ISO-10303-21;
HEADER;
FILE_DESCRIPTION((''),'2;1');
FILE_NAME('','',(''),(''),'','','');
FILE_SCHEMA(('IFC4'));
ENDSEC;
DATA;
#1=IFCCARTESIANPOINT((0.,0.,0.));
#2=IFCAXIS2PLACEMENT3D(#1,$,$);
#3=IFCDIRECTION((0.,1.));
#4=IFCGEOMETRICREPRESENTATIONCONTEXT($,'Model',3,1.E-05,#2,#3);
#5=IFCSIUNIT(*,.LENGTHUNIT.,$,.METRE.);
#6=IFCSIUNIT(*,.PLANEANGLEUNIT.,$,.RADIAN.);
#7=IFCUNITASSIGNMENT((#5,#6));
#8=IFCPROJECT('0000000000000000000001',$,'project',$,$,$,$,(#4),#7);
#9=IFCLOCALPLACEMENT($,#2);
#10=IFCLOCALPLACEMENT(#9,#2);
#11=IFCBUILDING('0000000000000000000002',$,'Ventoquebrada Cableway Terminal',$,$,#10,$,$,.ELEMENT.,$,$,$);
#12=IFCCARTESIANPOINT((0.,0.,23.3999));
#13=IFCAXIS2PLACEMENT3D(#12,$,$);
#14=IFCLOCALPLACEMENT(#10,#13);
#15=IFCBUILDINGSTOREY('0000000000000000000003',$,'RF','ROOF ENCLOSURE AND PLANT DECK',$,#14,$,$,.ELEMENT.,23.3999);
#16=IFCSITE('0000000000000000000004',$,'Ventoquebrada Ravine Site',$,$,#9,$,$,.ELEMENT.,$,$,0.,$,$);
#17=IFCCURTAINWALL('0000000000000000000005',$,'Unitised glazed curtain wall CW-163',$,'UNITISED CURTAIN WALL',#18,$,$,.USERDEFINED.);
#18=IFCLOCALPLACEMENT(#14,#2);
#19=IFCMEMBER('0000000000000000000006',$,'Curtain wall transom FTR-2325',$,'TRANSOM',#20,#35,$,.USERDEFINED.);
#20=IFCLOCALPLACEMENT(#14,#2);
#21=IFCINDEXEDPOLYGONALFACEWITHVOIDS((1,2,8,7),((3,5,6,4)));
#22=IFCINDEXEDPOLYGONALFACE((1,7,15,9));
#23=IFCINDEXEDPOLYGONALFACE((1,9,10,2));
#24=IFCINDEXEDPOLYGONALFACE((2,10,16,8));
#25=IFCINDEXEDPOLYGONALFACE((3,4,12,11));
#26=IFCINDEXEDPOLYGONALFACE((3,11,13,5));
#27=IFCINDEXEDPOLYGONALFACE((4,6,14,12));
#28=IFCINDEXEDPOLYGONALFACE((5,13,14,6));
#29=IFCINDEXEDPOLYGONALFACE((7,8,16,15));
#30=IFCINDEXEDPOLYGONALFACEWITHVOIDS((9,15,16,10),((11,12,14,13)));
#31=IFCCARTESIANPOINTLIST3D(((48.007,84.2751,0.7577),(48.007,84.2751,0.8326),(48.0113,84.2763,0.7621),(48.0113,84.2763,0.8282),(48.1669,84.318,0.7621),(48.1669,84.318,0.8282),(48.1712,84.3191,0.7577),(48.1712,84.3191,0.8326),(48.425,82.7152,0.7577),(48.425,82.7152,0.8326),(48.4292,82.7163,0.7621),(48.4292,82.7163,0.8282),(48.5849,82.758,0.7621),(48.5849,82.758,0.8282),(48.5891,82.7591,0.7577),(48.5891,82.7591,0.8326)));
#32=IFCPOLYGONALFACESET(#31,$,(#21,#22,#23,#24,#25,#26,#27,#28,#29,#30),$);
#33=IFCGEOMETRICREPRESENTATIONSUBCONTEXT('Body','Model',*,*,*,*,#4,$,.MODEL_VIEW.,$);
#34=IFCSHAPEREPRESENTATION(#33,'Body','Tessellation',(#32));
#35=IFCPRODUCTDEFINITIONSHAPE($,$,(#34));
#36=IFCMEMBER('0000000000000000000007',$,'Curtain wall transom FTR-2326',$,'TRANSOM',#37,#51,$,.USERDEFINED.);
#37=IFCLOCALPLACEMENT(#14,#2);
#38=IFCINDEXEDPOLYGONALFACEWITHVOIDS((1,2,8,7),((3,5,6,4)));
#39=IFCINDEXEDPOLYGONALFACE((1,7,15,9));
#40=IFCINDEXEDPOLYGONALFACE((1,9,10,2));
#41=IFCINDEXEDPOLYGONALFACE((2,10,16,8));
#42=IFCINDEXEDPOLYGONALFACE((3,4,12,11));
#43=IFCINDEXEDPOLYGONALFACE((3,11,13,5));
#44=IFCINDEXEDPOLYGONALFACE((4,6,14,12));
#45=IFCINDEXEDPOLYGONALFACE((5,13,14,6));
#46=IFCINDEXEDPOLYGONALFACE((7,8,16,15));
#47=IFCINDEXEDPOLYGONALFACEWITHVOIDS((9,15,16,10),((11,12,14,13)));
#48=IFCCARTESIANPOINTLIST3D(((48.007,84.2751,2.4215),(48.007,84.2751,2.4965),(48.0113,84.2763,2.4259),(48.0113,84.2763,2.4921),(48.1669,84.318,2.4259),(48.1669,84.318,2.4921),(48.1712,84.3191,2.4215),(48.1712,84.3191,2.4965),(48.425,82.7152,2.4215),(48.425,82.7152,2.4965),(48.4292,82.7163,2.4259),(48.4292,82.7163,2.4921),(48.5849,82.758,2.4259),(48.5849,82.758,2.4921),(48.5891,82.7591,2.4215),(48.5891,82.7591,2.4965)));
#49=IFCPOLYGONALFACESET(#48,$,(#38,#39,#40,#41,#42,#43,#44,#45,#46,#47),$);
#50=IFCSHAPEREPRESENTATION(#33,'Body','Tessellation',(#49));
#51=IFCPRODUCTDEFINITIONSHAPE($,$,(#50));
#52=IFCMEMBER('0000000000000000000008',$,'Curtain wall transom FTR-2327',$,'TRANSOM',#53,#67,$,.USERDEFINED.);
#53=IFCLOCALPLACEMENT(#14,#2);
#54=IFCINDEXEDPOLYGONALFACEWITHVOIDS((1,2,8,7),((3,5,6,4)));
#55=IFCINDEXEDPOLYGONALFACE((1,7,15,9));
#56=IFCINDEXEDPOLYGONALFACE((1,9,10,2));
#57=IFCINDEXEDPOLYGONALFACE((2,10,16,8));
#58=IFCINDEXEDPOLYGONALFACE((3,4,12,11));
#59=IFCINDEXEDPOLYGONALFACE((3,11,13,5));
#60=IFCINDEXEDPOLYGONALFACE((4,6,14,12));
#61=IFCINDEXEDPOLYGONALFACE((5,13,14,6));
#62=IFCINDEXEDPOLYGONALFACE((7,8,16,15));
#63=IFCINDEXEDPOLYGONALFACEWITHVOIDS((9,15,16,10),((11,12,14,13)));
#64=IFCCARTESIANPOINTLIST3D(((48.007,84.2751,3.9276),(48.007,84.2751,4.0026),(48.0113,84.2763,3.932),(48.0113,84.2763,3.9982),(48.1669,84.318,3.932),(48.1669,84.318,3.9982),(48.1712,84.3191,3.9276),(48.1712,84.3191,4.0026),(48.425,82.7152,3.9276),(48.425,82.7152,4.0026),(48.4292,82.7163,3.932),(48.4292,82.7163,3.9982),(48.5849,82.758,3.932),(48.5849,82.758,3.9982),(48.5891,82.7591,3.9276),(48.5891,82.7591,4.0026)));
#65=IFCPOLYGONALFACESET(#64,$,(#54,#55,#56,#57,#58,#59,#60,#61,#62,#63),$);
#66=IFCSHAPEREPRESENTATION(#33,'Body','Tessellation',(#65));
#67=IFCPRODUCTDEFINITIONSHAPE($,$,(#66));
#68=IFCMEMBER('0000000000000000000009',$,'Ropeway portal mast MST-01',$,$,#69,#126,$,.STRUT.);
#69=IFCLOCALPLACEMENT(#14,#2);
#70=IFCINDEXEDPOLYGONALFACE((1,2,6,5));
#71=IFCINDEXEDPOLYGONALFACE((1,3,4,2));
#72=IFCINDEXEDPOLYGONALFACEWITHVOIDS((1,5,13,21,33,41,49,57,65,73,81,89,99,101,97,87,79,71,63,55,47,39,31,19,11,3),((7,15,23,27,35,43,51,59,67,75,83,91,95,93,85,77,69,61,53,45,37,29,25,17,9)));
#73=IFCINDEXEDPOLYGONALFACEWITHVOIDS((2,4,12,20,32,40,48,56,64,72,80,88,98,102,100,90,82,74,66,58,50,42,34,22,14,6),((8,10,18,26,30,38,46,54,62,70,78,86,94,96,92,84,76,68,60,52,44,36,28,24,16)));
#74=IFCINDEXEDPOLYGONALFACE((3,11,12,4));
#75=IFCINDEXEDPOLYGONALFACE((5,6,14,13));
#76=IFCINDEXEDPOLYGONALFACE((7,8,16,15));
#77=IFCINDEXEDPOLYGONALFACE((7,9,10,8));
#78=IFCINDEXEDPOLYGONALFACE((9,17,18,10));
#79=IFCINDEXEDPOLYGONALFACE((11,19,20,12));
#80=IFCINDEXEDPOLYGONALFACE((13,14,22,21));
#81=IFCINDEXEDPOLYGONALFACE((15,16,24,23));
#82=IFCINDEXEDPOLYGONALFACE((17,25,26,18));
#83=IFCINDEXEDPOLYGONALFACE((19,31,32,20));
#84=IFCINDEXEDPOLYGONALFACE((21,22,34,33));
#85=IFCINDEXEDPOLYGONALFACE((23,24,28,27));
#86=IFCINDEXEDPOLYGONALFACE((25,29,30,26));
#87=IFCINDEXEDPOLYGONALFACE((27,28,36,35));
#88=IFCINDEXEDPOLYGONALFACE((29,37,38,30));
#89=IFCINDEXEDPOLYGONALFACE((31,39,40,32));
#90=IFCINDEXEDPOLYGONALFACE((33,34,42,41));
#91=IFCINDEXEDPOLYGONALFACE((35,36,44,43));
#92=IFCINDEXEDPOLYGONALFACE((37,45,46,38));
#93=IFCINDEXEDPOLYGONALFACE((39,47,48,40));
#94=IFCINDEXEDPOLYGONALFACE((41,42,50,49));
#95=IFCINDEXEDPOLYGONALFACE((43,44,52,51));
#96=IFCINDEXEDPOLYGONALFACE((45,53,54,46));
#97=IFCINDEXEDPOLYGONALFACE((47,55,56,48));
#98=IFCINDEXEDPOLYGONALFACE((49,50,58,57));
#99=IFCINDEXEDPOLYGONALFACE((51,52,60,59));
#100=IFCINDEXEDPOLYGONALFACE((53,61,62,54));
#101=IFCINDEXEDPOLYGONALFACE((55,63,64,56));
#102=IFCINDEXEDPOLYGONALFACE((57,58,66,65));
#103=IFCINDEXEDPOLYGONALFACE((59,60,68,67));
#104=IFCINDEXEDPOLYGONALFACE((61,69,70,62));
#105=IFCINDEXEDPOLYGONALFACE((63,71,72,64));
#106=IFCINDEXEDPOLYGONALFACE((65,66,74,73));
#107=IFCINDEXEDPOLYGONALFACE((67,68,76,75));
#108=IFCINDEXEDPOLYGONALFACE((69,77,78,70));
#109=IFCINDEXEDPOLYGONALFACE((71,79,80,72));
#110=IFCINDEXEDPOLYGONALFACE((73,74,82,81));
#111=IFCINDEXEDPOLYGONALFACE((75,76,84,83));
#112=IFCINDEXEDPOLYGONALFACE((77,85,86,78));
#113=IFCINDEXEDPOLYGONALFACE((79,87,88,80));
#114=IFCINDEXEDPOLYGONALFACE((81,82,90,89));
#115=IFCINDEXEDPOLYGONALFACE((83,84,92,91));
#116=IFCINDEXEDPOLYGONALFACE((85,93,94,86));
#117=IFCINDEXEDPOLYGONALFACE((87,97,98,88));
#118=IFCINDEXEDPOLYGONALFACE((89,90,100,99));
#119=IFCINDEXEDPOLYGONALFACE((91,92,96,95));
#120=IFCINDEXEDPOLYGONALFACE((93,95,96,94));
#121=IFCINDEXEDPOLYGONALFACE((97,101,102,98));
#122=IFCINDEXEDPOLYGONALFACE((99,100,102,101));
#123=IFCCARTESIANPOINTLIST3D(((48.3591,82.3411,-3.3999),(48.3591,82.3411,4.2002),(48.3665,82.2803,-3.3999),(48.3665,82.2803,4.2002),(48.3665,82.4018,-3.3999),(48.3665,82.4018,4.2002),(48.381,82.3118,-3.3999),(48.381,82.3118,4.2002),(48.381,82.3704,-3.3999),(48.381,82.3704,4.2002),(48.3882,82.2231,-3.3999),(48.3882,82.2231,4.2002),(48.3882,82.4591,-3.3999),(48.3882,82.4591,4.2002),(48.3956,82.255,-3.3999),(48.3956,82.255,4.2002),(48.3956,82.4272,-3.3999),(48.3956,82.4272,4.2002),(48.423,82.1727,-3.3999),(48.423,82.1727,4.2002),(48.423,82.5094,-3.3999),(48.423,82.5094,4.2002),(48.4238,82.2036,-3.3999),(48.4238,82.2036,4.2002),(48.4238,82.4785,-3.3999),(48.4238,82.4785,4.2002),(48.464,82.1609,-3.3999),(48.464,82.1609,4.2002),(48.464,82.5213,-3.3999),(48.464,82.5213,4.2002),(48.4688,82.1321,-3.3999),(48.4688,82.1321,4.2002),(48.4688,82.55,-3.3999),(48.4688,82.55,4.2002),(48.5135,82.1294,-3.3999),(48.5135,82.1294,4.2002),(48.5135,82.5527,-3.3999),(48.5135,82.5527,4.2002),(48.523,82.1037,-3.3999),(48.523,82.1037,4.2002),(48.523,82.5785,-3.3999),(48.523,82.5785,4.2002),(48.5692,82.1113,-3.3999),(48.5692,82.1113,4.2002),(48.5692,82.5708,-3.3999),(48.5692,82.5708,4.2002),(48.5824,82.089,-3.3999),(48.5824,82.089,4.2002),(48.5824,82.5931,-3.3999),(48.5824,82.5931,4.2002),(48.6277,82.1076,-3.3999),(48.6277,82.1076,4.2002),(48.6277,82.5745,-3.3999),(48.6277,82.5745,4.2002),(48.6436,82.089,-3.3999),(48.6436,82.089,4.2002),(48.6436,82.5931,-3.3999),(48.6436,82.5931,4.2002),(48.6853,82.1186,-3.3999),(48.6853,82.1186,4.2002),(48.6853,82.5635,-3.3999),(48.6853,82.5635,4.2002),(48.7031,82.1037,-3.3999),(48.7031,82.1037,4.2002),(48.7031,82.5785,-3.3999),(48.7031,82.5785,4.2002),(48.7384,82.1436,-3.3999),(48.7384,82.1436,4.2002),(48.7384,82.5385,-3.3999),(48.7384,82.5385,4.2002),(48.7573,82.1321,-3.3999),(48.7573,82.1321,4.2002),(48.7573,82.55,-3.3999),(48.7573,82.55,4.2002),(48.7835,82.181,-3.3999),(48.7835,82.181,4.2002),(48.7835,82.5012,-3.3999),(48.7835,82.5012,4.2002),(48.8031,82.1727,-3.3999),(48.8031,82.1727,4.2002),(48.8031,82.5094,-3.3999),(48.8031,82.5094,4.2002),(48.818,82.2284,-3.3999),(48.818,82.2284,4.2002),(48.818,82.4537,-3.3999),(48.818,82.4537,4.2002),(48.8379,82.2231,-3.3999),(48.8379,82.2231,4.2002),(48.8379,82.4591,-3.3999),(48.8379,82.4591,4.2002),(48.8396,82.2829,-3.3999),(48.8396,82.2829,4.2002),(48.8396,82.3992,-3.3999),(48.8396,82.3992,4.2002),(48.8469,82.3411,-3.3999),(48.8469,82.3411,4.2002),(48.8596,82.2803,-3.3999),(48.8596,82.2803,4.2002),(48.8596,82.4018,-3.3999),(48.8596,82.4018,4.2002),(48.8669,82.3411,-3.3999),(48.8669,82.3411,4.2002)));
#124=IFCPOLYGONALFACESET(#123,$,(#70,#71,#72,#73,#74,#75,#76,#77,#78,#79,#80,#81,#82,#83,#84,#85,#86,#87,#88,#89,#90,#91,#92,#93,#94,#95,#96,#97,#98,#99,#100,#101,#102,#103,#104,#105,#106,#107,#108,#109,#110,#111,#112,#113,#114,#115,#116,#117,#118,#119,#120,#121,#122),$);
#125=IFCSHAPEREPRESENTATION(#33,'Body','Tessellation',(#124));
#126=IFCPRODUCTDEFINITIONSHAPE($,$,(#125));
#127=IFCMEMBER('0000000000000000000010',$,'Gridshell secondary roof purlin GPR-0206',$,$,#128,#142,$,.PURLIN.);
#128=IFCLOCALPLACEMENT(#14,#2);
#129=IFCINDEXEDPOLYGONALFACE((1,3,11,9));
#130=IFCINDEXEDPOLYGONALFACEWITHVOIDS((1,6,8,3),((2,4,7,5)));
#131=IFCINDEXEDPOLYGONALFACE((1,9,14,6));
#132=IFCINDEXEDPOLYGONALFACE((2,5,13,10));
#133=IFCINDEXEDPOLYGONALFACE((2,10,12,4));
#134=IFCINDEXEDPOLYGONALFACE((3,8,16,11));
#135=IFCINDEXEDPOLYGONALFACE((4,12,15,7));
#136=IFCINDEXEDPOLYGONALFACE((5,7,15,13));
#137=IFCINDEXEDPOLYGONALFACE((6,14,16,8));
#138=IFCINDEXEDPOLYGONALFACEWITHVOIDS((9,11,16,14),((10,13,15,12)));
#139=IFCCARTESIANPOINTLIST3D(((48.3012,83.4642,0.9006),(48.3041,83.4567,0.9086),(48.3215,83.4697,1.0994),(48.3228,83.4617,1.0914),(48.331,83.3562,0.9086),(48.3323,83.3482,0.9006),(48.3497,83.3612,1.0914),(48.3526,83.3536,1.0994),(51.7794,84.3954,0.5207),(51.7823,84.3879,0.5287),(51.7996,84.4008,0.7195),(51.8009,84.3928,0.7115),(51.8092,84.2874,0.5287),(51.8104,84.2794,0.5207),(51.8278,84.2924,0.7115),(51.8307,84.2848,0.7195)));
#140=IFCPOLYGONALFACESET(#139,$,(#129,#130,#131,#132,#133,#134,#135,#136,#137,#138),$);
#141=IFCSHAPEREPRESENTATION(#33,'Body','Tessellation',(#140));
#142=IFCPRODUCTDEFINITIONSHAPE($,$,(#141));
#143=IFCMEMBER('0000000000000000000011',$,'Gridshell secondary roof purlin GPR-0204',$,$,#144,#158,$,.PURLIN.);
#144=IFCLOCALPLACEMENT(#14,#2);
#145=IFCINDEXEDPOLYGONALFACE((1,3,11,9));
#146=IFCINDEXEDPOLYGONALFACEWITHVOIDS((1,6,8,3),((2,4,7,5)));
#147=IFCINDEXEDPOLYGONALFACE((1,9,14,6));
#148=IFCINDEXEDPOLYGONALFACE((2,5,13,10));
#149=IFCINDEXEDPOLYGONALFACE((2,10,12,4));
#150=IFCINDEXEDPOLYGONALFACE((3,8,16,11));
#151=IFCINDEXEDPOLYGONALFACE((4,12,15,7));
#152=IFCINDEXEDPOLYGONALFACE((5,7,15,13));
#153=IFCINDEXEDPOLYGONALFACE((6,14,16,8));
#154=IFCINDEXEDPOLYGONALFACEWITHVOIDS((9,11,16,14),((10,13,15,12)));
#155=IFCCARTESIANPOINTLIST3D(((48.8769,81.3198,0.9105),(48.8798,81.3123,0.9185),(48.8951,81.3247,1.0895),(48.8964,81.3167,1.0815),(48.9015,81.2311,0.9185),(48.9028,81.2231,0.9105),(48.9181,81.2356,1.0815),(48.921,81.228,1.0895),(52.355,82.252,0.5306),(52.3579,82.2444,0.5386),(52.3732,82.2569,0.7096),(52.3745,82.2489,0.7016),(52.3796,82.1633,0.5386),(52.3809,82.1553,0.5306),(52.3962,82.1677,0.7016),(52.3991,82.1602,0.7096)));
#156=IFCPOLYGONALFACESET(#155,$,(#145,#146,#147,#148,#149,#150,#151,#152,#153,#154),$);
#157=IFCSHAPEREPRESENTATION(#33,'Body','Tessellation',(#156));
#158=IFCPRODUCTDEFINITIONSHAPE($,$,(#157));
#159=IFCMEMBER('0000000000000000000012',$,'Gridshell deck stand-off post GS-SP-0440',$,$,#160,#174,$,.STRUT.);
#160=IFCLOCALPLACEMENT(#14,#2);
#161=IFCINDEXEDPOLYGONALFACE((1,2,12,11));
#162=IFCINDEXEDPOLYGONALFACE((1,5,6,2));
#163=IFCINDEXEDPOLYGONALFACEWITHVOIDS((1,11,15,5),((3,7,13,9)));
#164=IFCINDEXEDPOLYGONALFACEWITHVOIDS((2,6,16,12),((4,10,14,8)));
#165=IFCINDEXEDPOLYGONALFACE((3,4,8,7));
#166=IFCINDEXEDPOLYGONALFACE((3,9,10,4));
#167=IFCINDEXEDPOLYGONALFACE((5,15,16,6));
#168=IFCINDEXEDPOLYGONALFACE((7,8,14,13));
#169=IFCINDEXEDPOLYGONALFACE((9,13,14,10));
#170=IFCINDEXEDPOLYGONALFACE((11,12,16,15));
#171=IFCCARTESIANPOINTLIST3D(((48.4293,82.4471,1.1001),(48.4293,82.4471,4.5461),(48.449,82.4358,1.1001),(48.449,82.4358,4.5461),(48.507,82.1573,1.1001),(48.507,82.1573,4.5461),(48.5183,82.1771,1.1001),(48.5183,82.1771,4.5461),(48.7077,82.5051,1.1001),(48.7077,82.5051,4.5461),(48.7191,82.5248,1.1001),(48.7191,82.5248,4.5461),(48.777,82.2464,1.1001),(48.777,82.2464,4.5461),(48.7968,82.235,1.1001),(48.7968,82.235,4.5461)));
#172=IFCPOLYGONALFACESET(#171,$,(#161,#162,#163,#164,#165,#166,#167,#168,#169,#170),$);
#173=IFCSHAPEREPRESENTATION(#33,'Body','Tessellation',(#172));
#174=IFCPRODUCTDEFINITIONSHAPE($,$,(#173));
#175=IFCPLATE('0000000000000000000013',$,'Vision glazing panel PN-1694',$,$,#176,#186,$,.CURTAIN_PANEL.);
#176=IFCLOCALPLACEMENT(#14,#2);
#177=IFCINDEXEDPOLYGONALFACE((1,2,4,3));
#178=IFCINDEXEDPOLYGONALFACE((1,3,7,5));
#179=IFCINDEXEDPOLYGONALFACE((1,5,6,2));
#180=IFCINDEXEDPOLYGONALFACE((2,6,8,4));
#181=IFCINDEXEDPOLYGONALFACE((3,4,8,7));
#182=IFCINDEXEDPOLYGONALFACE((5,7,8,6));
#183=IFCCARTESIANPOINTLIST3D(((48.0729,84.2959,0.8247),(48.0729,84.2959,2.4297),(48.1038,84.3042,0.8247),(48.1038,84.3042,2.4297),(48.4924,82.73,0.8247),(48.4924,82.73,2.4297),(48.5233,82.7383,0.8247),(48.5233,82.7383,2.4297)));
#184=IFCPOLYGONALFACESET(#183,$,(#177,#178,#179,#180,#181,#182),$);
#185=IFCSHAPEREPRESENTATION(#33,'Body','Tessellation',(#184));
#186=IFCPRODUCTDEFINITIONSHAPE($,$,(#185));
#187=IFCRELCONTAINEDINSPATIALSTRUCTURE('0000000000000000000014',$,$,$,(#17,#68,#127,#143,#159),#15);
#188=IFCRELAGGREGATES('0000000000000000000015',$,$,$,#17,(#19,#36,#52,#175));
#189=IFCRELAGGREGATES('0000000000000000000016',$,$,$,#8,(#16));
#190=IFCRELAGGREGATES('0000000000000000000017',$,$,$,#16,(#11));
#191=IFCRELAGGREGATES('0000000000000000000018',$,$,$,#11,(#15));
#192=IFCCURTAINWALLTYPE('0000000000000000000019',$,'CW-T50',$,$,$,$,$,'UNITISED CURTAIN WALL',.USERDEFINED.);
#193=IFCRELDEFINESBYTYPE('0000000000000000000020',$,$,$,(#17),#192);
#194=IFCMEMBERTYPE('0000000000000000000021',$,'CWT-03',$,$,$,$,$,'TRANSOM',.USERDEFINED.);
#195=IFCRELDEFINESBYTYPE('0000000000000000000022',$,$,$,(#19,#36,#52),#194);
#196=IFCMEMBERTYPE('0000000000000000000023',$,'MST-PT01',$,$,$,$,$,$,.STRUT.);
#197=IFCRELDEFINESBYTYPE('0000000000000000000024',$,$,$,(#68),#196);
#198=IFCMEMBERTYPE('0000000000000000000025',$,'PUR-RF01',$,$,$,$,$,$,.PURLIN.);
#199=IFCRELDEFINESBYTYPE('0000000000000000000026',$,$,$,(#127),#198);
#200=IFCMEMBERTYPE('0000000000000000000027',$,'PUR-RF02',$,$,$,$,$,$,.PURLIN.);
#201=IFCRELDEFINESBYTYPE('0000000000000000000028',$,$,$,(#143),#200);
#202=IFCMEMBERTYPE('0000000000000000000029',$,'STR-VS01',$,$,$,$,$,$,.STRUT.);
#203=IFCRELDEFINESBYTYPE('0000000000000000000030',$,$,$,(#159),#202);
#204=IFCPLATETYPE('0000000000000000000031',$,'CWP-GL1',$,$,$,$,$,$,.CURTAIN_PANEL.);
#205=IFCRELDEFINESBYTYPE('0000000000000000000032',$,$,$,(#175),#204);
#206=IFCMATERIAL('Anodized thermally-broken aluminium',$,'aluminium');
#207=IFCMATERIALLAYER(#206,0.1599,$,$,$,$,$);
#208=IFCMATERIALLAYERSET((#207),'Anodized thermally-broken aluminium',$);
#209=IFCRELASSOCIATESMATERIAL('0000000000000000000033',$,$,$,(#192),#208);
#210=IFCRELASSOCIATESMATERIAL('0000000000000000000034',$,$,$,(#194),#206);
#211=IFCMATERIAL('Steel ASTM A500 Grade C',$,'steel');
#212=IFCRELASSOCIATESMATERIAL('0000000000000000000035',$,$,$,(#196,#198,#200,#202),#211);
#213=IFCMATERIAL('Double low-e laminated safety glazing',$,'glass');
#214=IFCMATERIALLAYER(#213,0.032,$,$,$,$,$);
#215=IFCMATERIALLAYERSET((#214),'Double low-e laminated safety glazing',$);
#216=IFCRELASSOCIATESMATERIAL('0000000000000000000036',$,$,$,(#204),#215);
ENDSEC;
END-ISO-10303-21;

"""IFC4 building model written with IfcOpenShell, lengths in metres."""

from ifc_helpers import new_model, si_unit, direction, frame, origin, origin_2d, place, context, subcontext, project, spatial, rectangle, hollow_rectangle, hollow_circle, extrude, material, layer, layer_set, material_profile, profile_set, type_object, element, aggregate, save


model = new_model("IFC4")

# Units and contexts
model_context = context("Model", 3, precision=1e-05, world=origin(), true_north=direction((0.0, 1.0)))
body_context = subcontext(model_context, "Body", "Model", "MODEL_VIEW")
ifc_project = project(units=[si_unit("LENGTHUNIT", "METRE"), si_unit("PLANEANGLEUNIT", "RADIAN")], contexts=[model_context])

# Site, building, storey
site_placement = place(None, origin())
site = spatial("IfcSite", under=ifc_project, at=site_placement, Name="Ventoquebrada Ravine Site", CompositionType="ELEMENT", RefElevation=0.0)
building_placement = place(site_placement, origin())
building = spatial("IfcBuilding", under=site, at=building_placement, Name="Ventoquebrada Cableway Terminal", CompositionType="ELEMENT")
storey_placement = place(building_placement, frame((0.0, 0.0, 23.3999)))
storey = spatial("IfcBuildingStorey", under=building, at=storey_placement, Name="RF", Description="ROOF ENCLOSURE AND PLANT DECK", CompositionType="ELEMENT", Elevation=23.3999)

# Shared definitions
ifc_material_1 = material(Name="Steel ASTM A500 Grade C", Category="steel")

# Curtain wall
ifc_material_2 = material(Name="Anodized thermally-broken aluminium", Category="aluminium")
ifc_layer_1 = layer(ifc_material_2, 0.1599)
ifc_layer_set_1 = layer_set([ifc_layer_1], Name="Anodized thermally-broken aluminium")
curtain_wall_type = type_object("IfcCurtainWallType", Name="CW-T50", ElementType="UNITISED CURTAIN WALL", PredefinedType="USERDEFINED", material=ifc_layer_set_1)
curtain_wall_1_placement = place(storey_placement, origin())
curtain_wall_1 = element("IfcCurtainWall", 1, at=curtain_wall_1_placement, inside=storey, type_object=curtain_wall_type, Name="Unitised glazed curtain wall CW-163", ObjectType="UNITISED CURTAIN WALL", PredefinedType="USERDEFINED")

# Members
ifc_material_profile_1 = material_profile(ifc_material_2, hollow_rectangle(XDim=0.075, YDim=0.1699, WallThickness=0.0044, at=origin_2d()), Name="CW-TRN-75X170")
ifc_profile_set_1 = profile_set([ifc_material_profile_1], Name="Anodized thermally-broken aluminium")
member_type_1 = type_object("IfcMemberType", Name="CWT-03", ElementType="TRANSOM", PredefinedType="USERDEFINED", material=ifc_profile_set_1)
member_1_placement = place(storey_placement, frame((48.0891, 84.2971, 0.7952), z_axis=(0.258791, -0.965933, 0.0), x_axis=(0.0, 0.0, 1.0)))
member_1 = element("IfcMember", 2, at=member_1_placement, type_object=member_type_1, Name="Curtain wall transom FTR-2325", ObjectType="TRANSOM", PredefinedType="USERDEFINED", context=body_context, shape_type="SweptSolid", body=[
    extrude(hollow_rectangle(XDim=0.075, YDim=0.1699, WallThickness=0.0044, at=origin_2d()), origin(), (0.0, 0.0, 1.0), 1.615),
])
member_2_placement = place(storey_placement, frame((48.0891, 84.2971, 2.459), z_axis=(0.258791, -0.965933, 0.0), x_axis=(0.0, 0.0, 1.0)))
member_2 = element("IfcMember", 3, at=member_2_placement, type_object=member_type_1, Name="Curtain wall transom FTR-2326", ObjectType="TRANSOM", PredefinedType="USERDEFINED", context=body_context, shape_type="SweptSolid", body=[
    extrude(hollow_rectangle(XDim=0.075, YDim=0.1699, WallThickness=0.0044, at=origin_2d()), origin(), (0.0, 0.0, 1.0), 1.615),
])
member_3_placement = place(storey_placement, frame((48.0891, 84.2971, 3.9651), z_axis=(0.258791, -0.965933, 0.0), x_axis=(0.0, 0.0, 1.0)))
member_3 = element("IfcMember", 4, at=member_3_placement, type_object=member_type_1, Name="Curtain wall transom FTR-2327", ObjectType="TRANSOM", PredefinedType="USERDEFINED", context=body_context, shape_type="SweptSolid", body=[
    extrude(hollow_rectangle(XDim=0.075, YDim=0.1699, WallThickness=0.0044, at=origin_2d()), origin(), (0.0, 0.0, 1.0), 1.615),
])

# Members
ifc_material_profile_2 = material_profile(ifc_material_1, hollow_circle(Radius=0.2539, WallThickness=0.02, at=origin_2d()), Name="CHS508.0X20")
ifc_profile_set_2 = profile_set([ifc_material_profile_2], Name="Steel ASTM A500 Grade C")
member_type_2 = type_object("IfcMemberType", Name="MST-PT01", PredefinedType="STRUT", material=ifc_profile_set_2)
member_4_placement = place(storey_placement, frame((48.613, 82.3411, -3.3999), z_axis=(0.0, 0.0, 1.0), x_axis=(1.0, 0.0, 0.0)))
element("IfcMember", 5, at=member_4_placement, inside=storey, type_object=member_type_2, Name="Ropeway portal mast MST-01", PredefinedType="STRUT", context=body_context, shape_type="SweptSolid", body=[
    extrude(hollow_circle(Radius=0.2539, WallThickness=0.02, at=origin_2d()), origin(), (0.0, 0.0, 1.0), 7.6001),
])
ifc_material_profile_3 = material_profile(ifc_material_1, hollow_rectangle(XDim=0.1201, YDim=0.2, WallThickness=0.0081, at=origin_2d()), Name="RHS200X120X8")
ifc_profile_set_3 = profile_set([ifc_material_profile_3], Name="Steel ASTM A500 Grade C")
member_type_3 = type_object("IfcMemberType", Name="PUR-RF01", PredefinedType="PURLIN", material=ifc_profile_set_3)
member_5_placement = place(storey_placement, frame((48.3269, 83.4089, 1.0), z_axis=(0.960648, 0.257189, -0.104925), x_axis=(-0.258616, 0.96598, 0.0)))
element("IfcMember", 6, at=member_5_placement, inside=storey, type_object=member_type_3, Name="Gridshell secondary roof purlin GPR-0206", PredefinedType="PURLIN", context=body_context, shape_type="SweptSolid", body=[
    extrude(hollow_rectangle(XDim=0.1201, YDim=0.2, WallThickness=0.0081, at=origin_2d()), origin(), (0.0, 0.0, 1.0), 3.6206),
])
ifc_material_profile_4 = material_profile(ifc_material_1, hollow_rectangle(XDim=0.1001, YDim=0.1799, WallThickness=0.0081, at=origin_2d()), Name="RHS180X100X8")
ifc_profile_set_4 = profile_set([ifc_material_profile_4], Name="Steel ASTM A500 Grade C")
member_type_4 = type_object("IfcMemberType", Name="PUR-RF02", PredefinedType="PURLIN", material=ifc_profile_set_4)
member_6_placement = place(storey_placement, frame((48.8989, 81.2739, 1.0), z_axis=(0.960581, 0.257441, -0.104918), x_axis=(-0.258869, 0.965912, 0.0)))
element("IfcMember", 7, at=member_6_placement, inside=storey, type_object=member_type_4, Name="Gridshell secondary roof purlin GPR-0204", PredefinedType="PURLIN", context=body_context, shape_type="SweptSolid", body=[
    extrude(hollow_rectangle(XDim=0.1001, YDim=0.1799, WallThickness=0.0081, at=origin_2d()), origin(), (0.0, 0.0, 1.0), 3.6208),
])
ifc_material_profile_5 = material_profile(ifc_material_1, hollow_rectangle(XDim=0.3, YDim=0.3, WallThickness=0.0161, at=origin_2d()), Name="HSS300X300X16")
ifc_profile_set_5 = profile_set([ifc_material_profile_5], Name="Steel ASTM A500 Grade C")
member_type_5 = type_object("IfcMemberType", Name="STR-VS01", PredefinedType="STRUT", material=ifc_profile_set_5)
member_7_placement = place(storey_placement, frame((48.613, 82.3411, 1.1001), z_axis=(0.0, 0.0, 1.0), x_axis=(0.965926, 0.258819, 0.0)))
element("IfcMember", 8, at=member_7_placement, inside=storey, type_object=member_type_5, Name="Gridshell deck stand-off post GS-SP-0440", PredefinedType="STRUT", context=body_context, shape_type="SweptSolid", body=[
    extrude(hollow_rectangle(XDim=0.3, YDim=0.3, WallThickness=0.0161, at=origin_2d()), origin(), (0.0, 0.0, 1.0), 3.446),
])

# Plate
ifc_material_3 = material(Name="Double low-e laminated safety glazing", Category="glass")
ifc_layer_2 = layer(ifc_material_3, 0.032)
ifc_layer_set_2 = layer_set([ifc_layer_2], Name="Double low-e laminated safety glazing")
plate_type_1 = type_object("IfcPlateType", Name="CWP-GL1", PredefinedType="CURTAIN_PANEL", material=ifc_layer_set_2)
plate_1_placement = place(storey_placement, frame((48.2981, 83.5171, 0.8247), z_axis=(0.0, 0.0, 1.0), x_axis=(0.258802, -0.96593, 0.0)))
plate_1 = element("IfcPlate", 9, at=plate_1_placement, type_object=plate_type_1, Name="Vision glazing panel PN-1694", PredefinedType="CURTAIN_PANEL", context=body_context, shape_type="SweptSolid", body=[
    extrude(rectangle(XDim=1.6211, YDim=0.032, at=origin_2d()), origin(), (0.0, 0.0, 1.0), 1.605),
])
aggregate(curtain_wall_1, [member_1, member_2, member_3, plate_1])

save(model, "model.ifc")
